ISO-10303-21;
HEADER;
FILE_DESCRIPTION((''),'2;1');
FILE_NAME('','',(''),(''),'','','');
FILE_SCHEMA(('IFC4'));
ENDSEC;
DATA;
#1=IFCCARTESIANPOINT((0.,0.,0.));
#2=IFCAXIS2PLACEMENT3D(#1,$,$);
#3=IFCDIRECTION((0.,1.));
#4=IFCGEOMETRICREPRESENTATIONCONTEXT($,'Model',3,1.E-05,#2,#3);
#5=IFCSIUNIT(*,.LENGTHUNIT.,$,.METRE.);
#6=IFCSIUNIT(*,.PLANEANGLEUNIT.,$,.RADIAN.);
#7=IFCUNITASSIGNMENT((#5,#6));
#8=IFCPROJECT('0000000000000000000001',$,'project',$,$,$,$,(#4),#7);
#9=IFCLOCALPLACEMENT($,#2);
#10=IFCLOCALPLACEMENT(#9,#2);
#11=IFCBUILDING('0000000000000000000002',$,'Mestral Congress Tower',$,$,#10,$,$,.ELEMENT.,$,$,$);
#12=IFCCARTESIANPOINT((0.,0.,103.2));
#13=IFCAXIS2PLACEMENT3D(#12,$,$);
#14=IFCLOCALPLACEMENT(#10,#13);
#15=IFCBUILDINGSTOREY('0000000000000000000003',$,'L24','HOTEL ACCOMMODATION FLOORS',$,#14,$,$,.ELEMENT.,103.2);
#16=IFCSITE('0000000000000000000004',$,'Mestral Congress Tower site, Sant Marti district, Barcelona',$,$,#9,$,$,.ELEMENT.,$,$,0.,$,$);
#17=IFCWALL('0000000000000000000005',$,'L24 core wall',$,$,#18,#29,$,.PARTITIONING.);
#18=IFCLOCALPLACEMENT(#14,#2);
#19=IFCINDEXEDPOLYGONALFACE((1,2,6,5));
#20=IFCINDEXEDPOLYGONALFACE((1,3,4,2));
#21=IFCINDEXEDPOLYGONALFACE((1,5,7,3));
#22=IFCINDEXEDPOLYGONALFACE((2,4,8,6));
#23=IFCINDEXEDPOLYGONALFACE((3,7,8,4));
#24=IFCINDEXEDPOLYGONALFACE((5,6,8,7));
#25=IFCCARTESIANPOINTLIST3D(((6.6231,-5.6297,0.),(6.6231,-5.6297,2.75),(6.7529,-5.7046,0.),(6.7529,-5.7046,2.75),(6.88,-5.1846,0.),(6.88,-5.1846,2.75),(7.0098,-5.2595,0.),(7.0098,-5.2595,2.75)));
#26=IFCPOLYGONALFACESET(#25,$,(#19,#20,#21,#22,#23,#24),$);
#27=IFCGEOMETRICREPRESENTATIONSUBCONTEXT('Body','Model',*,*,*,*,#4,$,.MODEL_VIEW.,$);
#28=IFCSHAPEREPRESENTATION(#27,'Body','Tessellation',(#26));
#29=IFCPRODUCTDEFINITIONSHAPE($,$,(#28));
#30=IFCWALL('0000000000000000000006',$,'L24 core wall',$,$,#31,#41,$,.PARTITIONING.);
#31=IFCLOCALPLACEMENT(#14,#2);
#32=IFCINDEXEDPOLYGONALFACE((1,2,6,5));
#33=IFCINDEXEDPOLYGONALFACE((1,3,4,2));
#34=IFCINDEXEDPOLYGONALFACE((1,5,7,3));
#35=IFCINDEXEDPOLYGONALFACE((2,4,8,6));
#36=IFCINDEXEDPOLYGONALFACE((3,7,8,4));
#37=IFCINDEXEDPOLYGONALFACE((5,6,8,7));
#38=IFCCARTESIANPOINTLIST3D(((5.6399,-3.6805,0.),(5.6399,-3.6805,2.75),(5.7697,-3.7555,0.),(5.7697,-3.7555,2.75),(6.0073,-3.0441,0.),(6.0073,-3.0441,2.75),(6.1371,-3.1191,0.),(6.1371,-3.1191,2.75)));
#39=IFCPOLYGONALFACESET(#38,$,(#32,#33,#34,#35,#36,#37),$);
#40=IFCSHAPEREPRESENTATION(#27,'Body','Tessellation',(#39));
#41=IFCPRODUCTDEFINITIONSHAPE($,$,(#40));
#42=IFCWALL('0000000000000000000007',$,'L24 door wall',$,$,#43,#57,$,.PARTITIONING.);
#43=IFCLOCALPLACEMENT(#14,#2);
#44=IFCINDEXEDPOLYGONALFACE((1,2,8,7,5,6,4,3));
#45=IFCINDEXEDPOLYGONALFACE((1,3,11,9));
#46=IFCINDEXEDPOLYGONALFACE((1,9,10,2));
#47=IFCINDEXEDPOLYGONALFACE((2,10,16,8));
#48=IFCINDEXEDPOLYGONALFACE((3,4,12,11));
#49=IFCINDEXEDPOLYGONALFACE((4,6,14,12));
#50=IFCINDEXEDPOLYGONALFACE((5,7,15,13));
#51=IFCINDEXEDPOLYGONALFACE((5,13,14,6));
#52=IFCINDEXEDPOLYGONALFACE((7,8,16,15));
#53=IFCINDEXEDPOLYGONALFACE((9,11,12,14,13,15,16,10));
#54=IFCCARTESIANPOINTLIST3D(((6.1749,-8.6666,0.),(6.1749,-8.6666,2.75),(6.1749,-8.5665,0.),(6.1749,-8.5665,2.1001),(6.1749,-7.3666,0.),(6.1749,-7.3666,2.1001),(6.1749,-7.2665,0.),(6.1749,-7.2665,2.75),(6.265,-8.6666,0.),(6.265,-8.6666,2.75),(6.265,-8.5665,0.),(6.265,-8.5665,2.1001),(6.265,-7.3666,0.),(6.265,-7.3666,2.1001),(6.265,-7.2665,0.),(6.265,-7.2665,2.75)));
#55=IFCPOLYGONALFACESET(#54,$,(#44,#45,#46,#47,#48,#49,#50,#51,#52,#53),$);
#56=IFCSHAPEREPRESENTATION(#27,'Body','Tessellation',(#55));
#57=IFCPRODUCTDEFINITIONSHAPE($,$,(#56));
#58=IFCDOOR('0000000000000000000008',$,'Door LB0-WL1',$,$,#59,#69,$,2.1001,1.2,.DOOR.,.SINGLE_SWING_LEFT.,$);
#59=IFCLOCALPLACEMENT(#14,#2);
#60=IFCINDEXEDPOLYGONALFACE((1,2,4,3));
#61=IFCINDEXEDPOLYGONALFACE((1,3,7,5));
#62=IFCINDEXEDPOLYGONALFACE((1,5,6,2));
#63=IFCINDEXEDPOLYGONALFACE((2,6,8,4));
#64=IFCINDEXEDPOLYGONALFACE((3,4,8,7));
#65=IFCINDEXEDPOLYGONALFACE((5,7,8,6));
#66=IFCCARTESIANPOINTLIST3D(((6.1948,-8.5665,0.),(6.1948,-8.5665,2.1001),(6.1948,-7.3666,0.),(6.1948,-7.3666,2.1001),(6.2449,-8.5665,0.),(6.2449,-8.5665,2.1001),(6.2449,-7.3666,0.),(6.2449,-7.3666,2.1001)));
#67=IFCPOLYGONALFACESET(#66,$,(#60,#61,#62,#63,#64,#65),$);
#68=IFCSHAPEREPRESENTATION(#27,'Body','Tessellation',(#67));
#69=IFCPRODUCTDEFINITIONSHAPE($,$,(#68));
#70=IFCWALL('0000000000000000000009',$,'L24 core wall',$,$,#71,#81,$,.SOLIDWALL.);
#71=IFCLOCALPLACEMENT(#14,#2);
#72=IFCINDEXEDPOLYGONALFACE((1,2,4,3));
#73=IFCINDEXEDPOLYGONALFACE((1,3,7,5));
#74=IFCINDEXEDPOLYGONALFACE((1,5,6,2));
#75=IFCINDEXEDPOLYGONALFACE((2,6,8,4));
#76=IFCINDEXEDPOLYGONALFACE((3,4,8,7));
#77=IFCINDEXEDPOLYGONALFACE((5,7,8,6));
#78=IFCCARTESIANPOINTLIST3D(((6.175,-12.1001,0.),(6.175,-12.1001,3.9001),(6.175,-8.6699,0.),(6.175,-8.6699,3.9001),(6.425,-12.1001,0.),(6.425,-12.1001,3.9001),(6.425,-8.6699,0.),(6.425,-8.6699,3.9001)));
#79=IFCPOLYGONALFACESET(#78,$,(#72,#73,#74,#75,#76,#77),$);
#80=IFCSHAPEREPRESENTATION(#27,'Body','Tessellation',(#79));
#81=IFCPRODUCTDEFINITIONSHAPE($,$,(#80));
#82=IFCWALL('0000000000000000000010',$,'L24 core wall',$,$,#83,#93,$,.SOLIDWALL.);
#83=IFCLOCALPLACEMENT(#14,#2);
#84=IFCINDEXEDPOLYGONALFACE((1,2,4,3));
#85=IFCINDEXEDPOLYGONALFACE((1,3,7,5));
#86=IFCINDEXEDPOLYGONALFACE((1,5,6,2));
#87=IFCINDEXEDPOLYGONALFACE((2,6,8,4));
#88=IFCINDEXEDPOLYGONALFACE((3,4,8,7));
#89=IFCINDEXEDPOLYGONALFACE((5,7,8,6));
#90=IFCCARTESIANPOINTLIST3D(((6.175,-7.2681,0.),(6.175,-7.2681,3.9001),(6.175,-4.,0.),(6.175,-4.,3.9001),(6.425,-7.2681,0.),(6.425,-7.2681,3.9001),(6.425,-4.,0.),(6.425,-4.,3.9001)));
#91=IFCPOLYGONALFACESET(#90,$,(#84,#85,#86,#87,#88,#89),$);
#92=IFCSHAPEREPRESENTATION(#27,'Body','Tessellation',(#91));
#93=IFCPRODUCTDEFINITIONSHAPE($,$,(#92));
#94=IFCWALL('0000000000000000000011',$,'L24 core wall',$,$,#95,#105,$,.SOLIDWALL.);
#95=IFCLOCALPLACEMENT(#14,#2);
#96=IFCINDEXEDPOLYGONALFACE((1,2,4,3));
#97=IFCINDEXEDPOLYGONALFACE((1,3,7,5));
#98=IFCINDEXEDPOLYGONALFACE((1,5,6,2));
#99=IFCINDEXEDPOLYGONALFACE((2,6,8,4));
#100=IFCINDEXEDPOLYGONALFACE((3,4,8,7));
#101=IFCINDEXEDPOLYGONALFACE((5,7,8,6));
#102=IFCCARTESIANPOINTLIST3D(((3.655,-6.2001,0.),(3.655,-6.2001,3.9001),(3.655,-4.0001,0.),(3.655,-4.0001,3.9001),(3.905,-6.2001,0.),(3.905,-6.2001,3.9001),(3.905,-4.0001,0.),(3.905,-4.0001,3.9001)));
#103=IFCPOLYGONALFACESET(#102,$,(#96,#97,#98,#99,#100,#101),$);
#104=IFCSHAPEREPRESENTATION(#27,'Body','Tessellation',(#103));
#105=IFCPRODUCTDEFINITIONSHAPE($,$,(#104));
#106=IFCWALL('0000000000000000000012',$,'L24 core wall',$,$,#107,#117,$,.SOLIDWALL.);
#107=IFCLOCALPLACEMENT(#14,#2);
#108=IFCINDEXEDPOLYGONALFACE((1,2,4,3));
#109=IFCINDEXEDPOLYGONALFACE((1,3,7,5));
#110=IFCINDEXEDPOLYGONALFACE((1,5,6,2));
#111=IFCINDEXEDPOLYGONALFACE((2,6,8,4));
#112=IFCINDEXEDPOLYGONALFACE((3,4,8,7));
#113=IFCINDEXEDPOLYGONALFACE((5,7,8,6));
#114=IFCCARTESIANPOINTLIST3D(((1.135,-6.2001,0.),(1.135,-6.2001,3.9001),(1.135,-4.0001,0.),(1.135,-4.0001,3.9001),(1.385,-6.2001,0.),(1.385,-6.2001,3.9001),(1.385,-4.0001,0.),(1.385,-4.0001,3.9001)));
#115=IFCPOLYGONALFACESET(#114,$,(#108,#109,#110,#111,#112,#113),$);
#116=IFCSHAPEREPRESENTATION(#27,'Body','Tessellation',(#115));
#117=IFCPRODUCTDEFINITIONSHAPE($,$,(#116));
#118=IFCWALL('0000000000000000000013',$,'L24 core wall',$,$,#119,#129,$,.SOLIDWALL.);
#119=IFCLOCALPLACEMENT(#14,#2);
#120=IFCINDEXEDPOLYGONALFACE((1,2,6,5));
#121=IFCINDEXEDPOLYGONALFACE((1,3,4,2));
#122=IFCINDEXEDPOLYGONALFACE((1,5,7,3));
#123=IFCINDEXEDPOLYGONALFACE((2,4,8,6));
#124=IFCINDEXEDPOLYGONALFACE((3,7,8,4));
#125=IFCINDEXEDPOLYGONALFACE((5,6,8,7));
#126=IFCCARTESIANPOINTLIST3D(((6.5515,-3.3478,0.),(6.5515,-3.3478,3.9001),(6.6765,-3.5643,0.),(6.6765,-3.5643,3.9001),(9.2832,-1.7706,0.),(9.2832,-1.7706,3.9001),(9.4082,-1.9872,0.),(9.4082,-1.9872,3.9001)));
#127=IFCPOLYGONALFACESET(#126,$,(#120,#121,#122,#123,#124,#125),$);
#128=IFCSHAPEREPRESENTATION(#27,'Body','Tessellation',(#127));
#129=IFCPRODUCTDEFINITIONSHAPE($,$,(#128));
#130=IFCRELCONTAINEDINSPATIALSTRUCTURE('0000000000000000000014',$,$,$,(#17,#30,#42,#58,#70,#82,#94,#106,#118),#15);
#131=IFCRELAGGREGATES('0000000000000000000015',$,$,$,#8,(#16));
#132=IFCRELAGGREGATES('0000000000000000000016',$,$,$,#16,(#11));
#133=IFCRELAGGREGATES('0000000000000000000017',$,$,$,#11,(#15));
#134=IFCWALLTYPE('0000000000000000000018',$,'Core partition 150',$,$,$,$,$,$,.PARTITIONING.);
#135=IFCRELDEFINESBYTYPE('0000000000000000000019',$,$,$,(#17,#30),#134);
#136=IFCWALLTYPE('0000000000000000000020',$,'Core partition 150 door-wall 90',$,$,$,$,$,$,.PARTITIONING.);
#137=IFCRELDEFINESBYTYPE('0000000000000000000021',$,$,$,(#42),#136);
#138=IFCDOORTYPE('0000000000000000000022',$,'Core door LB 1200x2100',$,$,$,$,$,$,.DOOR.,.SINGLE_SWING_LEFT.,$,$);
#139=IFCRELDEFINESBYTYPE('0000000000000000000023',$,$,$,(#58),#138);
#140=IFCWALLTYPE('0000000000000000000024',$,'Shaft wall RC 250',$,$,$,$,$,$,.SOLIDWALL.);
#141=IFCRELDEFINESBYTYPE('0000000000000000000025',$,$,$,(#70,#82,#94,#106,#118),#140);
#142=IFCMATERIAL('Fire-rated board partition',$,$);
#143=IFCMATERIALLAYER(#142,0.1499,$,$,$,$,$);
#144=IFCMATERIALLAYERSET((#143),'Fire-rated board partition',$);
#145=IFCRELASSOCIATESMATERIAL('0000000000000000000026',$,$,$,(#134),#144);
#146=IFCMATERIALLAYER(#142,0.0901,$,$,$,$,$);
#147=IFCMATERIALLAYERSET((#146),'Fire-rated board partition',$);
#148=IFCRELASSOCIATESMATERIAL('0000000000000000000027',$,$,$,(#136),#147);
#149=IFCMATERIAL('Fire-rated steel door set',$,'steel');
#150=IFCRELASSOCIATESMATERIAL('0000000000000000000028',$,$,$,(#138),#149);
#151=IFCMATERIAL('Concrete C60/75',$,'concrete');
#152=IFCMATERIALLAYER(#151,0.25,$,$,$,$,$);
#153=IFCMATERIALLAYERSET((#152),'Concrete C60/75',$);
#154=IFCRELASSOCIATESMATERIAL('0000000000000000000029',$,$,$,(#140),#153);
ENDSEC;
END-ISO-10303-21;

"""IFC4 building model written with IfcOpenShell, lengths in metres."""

from ifc_helpers import new_model, si_unit, direction, frame, frame_2d, origin, place, context, subcontext, project, spatial, rectangle, extrude, material, layer, layer_set, type_object, element, fill, save


model = new_model("IFC4")

# Units and contexts
model_context = context("Model", 3, precision=1e-05, world=origin(), true_north=direction((0.0, 1.0)))
body_context = subcontext(model_context, "Body", "Model", "MODEL_VIEW")
ifc_project = project(units=[si_unit("LENGTHUNIT", "METRE"), si_unit("PLANEANGLEUNIT", "RADIAN")], contexts=[model_context])

# Site, building, storey
site_placement = place(None, origin())
site = spatial("IfcSite", under=ifc_project, at=site_placement, Name="Mestral Congress Tower site, Sant Marti district, Barcelona", CompositionType="ELEMENT", RefElevation=0.0)
building_placement = place(site_placement, origin())
building = spatial("IfcBuilding", under=site, at=building_placement, Name="Mestral Congress Tower", CompositionType="ELEMENT")
storey_placement = place(building_placement, frame((0.0, 0.0, 103.2)))
storey = spatial("IfcBuildingStorey", under=building, at=storey_placement, Name="L24", Description="HOTEL ACCOMMODATION FLOORS", CompositionType="ELEMENT", Elevation=103.2)

# Walls
ifc_material_1 = material(Name="Fire-rated board partition")
ifc_layer_1 = layer(ifc_material_1, 0.1499)
ifc_layer_set_1 = layer_set([ifc_layer_1], Name="Fire-rated board partition")
wall_type_1 = type_object("IfcWallType", Name="Core partition 150", PredefinedType="PARTITIONING", material=ifc_layer_set_1)
wall_1_placement = place(storey_placement, frame((6.9448, -5.2222, 0.0), z_axis=(0.0, 0.0, 1.0), x_axis=(-0.499818, -0.86613, 0.0)))
element("IfcWall", 1, at=wall_1_placement, inside=storey, type_object=wall_type_1, Name="L24 core wall", PredefinedType="PARTITIONING", context=body_context, shape_type="SweptSolid", body=[
    extrude(rectangle(XDim=0.5139, YDim=0.1499, at=frame_2d((0.2568, 0.0))), origin(), (0.0, 0.0, 1.0), 2.75),
])
wall_2_placement = place(storey_placement, frame((5.7048, -3.718, 0.0), z_axis=(0.0, 0.0, 1.0), x_axis=(0.499962, 0.866047, 0.0)))
element("IfcWall", 2, at=wall_2_placement, inside=storey, type_object=wall_type_1, Name="L24 core wall", PredefinedType="PARTITIONING", context=body_context, shape_type="SweptSolid", body=[
    extrude(rectangle(XDim=0.7349, YDim=0.1499, at=frame_2d((0.3674, 0.0))), origin(), (0.0, 0.0, 1.0), 2.75),
])

# Wall, opening, door
ifc_layer_2 = layer(ifc_material_1, 0.0901)
ifc_layer_set_2 = layer_set([ifc_layer_2], Name="Fire-rated board partition")
wall_type_2 = type_object("IfcWallType", Name="Core partition 150 door-wall 90", PredefinedType="PARTITIONING", material=ifc_layer_set_2)
wall_3_placement = place(storey_placement, frame((6.22, -7.2664, 0.0), z_axis=(0.0, 0.0, 1.0), x_axis=(0.0, -1.0, 0.0)))
wall_3 = element("IfcWall", 3, at=wall_3_placement, inside=storey, type_object=wall_type_2, Name="L24 door wall", PredefinedType="PARTITIONING", context=body_context, shape_type="SweptSolid", body=[
    extrude(rectangle(XDim=1.4001, YDim=0.0901, at=frame_2d((0.7002, 0.0))), origin(), (0.0, 0.0, 1.0), 2.75),
])
opening_1_placement = place(wall_3_placement, frame((0.1001, 0.0, 0.0)))
opening_1 = element("IfcOpeningElement", 4, at=opening_1_placement, cuts=wall_3, PredefinedType="OPENING", context=body_context, shape_type="SweptSolid", body=[
    extrude(rectangle(XDim=1.2, YDim=2.1001, at=frame_2d((0.6001, 1.05))), frame((0.0, 0.0549, 0.0), z_axis=(0.0, -1.0, 0.0), x_axis=(1.0, 0.0, 0.0)), (0.0, 0.0, 1.0), 0.1101),
])
ifc_material_2 = material(Name="Fire-rated steel door set", Category="steel")
door_type_1 = type_object("IfcDoorType", Name="Core door LB 1200x2100", OperationType="SINGLE_SWING_LEFT", PredefinedType="DOOR", material=ifc_material_2)
door_1_placement = place(opening_1_placement, origin())
door_1 = element("IfcDoor", 5, at=door_1_placement, inside=storey, type_object=door_type_1, Name="Door LB0-WL1", OperationType="SINGLE_SWING_LEFT", OverallHeight=2.1001, OverallWidth=1.2, PredefinedType="DOOR", context=body_context, shape_type="SweptSolid", body=[
    extrude(rectangle(XDim=1.2, YDim=2.1001, at=frame_2d((0.6001, 1.05))), frame((0.0, 0.0249, 0.0), z_axis=(0.0, -1.0, 0.0), x_axis=(1.0, 0.0, 0.0)), (0.0, 0.0, 1.0), 0.05),
])
fill(opening_1, door_1)

# Walls
ifc_material_3 = material(Name="Concrete C60/75", Category="concrete")
ifc_layer_3 = layer(ifc_material_3, 0.25)
ifc_layer_set_3 = layer_set([ifc_layer_3], Name="Concrete C60/75")
wall_type_3 = type_object("IfcWallType", Name="Shaft wall RC 250", PredefinedType="SOLIDWALL", material=ifc_layer_set_3)
wall_4_placement = place(storey_placement, frame((6.3, -8.6699, 0.0), z_axis=(0.0, 0.0, 1.0), x_axis=(0.0, -1.0, 0.0)))
element("IfcWall", 6, at=wall_4_placement, inside=storey, type_object=wall_type_3, Name="L24 core wall", PredefinedType="SOLIDWALL", context=body_context, shape_type="SweptSolid", body=[
    extrude(rectangle(XDim=3.4302, YDim=0.25, at=frame_2d((1.7151, 0.0))), origin(), (0.0, 0.0, 1.0), 3.9001),
])
wall_5_placement = place(storey_placement, frame((6.3, -7.2681, 0.0), z_axis=(0.0, 0.0, 1.0), x_axis=(0.0, 1.0, 0.0)))
element("IfcWall", 7, at=wall_5_placement, inside=storey, type_object=wall_type_3, Name="L24 core wall", PredefinedType="SOLIDWALL", context=body_context, shape_type="SweptSolid", body=[
    extrude(rectangle(XDim=3.2681, YDim=0.25, at=frame_2d((1.634, 0.0))), origin(), (0.0, 0.0, 1.0), 3.9001),
])
for number, where, z_axis, x_axis, name in (
    (8, (3.78, -4.0, 0.0), (0.0, 0.0, 1.0), (0.0, -1.0, 0.0), "L24 core wall"),
    (9, (1.26, -4.0, 0.0), (0.0, 0.0, 1.0), (0.0, -1.0, 0.0), "L24 core wall"),
):
    element("IfcWall", number, at=place(storey_placement, frame(where, z_axis=z_axis, x_axis=x_axis)), inside=storey, type_object=wall_type_3, Name=name, PredefinedType="SOLIDWALL", context=body_context, shape_type="SweptSolid", body=[
        extrude(rectangle(XDim=2.2, YDim=0.25, at=frame_2d((1.1001, 0.0))), origin(), (0.0, 0.0, 1.0), 3.9001),
    ])
wall_6_placement = place(storey_placement, frame((6.614, -3.4561, 0.0), z_axis=(0.0, 0.0, 1.0), x_axis=(0.866024, 0.500002, 0.0)))
element("IfcWall", 10, at=wall_6_placement, inside=storey, type_object=wall_type_3, Name="L24 core wall", PredefinedType="SOLIDWALL", context=body_context, shape_type="SweptSolid", body=[
    extrude(rectangle(XDim=3.1543, YDim=0.25, at=frame_2d((1.5771, 0.0))), origin(), (0.0, 0.0, 1.0), 3.9001),
])

save(model, "model.ifc")
